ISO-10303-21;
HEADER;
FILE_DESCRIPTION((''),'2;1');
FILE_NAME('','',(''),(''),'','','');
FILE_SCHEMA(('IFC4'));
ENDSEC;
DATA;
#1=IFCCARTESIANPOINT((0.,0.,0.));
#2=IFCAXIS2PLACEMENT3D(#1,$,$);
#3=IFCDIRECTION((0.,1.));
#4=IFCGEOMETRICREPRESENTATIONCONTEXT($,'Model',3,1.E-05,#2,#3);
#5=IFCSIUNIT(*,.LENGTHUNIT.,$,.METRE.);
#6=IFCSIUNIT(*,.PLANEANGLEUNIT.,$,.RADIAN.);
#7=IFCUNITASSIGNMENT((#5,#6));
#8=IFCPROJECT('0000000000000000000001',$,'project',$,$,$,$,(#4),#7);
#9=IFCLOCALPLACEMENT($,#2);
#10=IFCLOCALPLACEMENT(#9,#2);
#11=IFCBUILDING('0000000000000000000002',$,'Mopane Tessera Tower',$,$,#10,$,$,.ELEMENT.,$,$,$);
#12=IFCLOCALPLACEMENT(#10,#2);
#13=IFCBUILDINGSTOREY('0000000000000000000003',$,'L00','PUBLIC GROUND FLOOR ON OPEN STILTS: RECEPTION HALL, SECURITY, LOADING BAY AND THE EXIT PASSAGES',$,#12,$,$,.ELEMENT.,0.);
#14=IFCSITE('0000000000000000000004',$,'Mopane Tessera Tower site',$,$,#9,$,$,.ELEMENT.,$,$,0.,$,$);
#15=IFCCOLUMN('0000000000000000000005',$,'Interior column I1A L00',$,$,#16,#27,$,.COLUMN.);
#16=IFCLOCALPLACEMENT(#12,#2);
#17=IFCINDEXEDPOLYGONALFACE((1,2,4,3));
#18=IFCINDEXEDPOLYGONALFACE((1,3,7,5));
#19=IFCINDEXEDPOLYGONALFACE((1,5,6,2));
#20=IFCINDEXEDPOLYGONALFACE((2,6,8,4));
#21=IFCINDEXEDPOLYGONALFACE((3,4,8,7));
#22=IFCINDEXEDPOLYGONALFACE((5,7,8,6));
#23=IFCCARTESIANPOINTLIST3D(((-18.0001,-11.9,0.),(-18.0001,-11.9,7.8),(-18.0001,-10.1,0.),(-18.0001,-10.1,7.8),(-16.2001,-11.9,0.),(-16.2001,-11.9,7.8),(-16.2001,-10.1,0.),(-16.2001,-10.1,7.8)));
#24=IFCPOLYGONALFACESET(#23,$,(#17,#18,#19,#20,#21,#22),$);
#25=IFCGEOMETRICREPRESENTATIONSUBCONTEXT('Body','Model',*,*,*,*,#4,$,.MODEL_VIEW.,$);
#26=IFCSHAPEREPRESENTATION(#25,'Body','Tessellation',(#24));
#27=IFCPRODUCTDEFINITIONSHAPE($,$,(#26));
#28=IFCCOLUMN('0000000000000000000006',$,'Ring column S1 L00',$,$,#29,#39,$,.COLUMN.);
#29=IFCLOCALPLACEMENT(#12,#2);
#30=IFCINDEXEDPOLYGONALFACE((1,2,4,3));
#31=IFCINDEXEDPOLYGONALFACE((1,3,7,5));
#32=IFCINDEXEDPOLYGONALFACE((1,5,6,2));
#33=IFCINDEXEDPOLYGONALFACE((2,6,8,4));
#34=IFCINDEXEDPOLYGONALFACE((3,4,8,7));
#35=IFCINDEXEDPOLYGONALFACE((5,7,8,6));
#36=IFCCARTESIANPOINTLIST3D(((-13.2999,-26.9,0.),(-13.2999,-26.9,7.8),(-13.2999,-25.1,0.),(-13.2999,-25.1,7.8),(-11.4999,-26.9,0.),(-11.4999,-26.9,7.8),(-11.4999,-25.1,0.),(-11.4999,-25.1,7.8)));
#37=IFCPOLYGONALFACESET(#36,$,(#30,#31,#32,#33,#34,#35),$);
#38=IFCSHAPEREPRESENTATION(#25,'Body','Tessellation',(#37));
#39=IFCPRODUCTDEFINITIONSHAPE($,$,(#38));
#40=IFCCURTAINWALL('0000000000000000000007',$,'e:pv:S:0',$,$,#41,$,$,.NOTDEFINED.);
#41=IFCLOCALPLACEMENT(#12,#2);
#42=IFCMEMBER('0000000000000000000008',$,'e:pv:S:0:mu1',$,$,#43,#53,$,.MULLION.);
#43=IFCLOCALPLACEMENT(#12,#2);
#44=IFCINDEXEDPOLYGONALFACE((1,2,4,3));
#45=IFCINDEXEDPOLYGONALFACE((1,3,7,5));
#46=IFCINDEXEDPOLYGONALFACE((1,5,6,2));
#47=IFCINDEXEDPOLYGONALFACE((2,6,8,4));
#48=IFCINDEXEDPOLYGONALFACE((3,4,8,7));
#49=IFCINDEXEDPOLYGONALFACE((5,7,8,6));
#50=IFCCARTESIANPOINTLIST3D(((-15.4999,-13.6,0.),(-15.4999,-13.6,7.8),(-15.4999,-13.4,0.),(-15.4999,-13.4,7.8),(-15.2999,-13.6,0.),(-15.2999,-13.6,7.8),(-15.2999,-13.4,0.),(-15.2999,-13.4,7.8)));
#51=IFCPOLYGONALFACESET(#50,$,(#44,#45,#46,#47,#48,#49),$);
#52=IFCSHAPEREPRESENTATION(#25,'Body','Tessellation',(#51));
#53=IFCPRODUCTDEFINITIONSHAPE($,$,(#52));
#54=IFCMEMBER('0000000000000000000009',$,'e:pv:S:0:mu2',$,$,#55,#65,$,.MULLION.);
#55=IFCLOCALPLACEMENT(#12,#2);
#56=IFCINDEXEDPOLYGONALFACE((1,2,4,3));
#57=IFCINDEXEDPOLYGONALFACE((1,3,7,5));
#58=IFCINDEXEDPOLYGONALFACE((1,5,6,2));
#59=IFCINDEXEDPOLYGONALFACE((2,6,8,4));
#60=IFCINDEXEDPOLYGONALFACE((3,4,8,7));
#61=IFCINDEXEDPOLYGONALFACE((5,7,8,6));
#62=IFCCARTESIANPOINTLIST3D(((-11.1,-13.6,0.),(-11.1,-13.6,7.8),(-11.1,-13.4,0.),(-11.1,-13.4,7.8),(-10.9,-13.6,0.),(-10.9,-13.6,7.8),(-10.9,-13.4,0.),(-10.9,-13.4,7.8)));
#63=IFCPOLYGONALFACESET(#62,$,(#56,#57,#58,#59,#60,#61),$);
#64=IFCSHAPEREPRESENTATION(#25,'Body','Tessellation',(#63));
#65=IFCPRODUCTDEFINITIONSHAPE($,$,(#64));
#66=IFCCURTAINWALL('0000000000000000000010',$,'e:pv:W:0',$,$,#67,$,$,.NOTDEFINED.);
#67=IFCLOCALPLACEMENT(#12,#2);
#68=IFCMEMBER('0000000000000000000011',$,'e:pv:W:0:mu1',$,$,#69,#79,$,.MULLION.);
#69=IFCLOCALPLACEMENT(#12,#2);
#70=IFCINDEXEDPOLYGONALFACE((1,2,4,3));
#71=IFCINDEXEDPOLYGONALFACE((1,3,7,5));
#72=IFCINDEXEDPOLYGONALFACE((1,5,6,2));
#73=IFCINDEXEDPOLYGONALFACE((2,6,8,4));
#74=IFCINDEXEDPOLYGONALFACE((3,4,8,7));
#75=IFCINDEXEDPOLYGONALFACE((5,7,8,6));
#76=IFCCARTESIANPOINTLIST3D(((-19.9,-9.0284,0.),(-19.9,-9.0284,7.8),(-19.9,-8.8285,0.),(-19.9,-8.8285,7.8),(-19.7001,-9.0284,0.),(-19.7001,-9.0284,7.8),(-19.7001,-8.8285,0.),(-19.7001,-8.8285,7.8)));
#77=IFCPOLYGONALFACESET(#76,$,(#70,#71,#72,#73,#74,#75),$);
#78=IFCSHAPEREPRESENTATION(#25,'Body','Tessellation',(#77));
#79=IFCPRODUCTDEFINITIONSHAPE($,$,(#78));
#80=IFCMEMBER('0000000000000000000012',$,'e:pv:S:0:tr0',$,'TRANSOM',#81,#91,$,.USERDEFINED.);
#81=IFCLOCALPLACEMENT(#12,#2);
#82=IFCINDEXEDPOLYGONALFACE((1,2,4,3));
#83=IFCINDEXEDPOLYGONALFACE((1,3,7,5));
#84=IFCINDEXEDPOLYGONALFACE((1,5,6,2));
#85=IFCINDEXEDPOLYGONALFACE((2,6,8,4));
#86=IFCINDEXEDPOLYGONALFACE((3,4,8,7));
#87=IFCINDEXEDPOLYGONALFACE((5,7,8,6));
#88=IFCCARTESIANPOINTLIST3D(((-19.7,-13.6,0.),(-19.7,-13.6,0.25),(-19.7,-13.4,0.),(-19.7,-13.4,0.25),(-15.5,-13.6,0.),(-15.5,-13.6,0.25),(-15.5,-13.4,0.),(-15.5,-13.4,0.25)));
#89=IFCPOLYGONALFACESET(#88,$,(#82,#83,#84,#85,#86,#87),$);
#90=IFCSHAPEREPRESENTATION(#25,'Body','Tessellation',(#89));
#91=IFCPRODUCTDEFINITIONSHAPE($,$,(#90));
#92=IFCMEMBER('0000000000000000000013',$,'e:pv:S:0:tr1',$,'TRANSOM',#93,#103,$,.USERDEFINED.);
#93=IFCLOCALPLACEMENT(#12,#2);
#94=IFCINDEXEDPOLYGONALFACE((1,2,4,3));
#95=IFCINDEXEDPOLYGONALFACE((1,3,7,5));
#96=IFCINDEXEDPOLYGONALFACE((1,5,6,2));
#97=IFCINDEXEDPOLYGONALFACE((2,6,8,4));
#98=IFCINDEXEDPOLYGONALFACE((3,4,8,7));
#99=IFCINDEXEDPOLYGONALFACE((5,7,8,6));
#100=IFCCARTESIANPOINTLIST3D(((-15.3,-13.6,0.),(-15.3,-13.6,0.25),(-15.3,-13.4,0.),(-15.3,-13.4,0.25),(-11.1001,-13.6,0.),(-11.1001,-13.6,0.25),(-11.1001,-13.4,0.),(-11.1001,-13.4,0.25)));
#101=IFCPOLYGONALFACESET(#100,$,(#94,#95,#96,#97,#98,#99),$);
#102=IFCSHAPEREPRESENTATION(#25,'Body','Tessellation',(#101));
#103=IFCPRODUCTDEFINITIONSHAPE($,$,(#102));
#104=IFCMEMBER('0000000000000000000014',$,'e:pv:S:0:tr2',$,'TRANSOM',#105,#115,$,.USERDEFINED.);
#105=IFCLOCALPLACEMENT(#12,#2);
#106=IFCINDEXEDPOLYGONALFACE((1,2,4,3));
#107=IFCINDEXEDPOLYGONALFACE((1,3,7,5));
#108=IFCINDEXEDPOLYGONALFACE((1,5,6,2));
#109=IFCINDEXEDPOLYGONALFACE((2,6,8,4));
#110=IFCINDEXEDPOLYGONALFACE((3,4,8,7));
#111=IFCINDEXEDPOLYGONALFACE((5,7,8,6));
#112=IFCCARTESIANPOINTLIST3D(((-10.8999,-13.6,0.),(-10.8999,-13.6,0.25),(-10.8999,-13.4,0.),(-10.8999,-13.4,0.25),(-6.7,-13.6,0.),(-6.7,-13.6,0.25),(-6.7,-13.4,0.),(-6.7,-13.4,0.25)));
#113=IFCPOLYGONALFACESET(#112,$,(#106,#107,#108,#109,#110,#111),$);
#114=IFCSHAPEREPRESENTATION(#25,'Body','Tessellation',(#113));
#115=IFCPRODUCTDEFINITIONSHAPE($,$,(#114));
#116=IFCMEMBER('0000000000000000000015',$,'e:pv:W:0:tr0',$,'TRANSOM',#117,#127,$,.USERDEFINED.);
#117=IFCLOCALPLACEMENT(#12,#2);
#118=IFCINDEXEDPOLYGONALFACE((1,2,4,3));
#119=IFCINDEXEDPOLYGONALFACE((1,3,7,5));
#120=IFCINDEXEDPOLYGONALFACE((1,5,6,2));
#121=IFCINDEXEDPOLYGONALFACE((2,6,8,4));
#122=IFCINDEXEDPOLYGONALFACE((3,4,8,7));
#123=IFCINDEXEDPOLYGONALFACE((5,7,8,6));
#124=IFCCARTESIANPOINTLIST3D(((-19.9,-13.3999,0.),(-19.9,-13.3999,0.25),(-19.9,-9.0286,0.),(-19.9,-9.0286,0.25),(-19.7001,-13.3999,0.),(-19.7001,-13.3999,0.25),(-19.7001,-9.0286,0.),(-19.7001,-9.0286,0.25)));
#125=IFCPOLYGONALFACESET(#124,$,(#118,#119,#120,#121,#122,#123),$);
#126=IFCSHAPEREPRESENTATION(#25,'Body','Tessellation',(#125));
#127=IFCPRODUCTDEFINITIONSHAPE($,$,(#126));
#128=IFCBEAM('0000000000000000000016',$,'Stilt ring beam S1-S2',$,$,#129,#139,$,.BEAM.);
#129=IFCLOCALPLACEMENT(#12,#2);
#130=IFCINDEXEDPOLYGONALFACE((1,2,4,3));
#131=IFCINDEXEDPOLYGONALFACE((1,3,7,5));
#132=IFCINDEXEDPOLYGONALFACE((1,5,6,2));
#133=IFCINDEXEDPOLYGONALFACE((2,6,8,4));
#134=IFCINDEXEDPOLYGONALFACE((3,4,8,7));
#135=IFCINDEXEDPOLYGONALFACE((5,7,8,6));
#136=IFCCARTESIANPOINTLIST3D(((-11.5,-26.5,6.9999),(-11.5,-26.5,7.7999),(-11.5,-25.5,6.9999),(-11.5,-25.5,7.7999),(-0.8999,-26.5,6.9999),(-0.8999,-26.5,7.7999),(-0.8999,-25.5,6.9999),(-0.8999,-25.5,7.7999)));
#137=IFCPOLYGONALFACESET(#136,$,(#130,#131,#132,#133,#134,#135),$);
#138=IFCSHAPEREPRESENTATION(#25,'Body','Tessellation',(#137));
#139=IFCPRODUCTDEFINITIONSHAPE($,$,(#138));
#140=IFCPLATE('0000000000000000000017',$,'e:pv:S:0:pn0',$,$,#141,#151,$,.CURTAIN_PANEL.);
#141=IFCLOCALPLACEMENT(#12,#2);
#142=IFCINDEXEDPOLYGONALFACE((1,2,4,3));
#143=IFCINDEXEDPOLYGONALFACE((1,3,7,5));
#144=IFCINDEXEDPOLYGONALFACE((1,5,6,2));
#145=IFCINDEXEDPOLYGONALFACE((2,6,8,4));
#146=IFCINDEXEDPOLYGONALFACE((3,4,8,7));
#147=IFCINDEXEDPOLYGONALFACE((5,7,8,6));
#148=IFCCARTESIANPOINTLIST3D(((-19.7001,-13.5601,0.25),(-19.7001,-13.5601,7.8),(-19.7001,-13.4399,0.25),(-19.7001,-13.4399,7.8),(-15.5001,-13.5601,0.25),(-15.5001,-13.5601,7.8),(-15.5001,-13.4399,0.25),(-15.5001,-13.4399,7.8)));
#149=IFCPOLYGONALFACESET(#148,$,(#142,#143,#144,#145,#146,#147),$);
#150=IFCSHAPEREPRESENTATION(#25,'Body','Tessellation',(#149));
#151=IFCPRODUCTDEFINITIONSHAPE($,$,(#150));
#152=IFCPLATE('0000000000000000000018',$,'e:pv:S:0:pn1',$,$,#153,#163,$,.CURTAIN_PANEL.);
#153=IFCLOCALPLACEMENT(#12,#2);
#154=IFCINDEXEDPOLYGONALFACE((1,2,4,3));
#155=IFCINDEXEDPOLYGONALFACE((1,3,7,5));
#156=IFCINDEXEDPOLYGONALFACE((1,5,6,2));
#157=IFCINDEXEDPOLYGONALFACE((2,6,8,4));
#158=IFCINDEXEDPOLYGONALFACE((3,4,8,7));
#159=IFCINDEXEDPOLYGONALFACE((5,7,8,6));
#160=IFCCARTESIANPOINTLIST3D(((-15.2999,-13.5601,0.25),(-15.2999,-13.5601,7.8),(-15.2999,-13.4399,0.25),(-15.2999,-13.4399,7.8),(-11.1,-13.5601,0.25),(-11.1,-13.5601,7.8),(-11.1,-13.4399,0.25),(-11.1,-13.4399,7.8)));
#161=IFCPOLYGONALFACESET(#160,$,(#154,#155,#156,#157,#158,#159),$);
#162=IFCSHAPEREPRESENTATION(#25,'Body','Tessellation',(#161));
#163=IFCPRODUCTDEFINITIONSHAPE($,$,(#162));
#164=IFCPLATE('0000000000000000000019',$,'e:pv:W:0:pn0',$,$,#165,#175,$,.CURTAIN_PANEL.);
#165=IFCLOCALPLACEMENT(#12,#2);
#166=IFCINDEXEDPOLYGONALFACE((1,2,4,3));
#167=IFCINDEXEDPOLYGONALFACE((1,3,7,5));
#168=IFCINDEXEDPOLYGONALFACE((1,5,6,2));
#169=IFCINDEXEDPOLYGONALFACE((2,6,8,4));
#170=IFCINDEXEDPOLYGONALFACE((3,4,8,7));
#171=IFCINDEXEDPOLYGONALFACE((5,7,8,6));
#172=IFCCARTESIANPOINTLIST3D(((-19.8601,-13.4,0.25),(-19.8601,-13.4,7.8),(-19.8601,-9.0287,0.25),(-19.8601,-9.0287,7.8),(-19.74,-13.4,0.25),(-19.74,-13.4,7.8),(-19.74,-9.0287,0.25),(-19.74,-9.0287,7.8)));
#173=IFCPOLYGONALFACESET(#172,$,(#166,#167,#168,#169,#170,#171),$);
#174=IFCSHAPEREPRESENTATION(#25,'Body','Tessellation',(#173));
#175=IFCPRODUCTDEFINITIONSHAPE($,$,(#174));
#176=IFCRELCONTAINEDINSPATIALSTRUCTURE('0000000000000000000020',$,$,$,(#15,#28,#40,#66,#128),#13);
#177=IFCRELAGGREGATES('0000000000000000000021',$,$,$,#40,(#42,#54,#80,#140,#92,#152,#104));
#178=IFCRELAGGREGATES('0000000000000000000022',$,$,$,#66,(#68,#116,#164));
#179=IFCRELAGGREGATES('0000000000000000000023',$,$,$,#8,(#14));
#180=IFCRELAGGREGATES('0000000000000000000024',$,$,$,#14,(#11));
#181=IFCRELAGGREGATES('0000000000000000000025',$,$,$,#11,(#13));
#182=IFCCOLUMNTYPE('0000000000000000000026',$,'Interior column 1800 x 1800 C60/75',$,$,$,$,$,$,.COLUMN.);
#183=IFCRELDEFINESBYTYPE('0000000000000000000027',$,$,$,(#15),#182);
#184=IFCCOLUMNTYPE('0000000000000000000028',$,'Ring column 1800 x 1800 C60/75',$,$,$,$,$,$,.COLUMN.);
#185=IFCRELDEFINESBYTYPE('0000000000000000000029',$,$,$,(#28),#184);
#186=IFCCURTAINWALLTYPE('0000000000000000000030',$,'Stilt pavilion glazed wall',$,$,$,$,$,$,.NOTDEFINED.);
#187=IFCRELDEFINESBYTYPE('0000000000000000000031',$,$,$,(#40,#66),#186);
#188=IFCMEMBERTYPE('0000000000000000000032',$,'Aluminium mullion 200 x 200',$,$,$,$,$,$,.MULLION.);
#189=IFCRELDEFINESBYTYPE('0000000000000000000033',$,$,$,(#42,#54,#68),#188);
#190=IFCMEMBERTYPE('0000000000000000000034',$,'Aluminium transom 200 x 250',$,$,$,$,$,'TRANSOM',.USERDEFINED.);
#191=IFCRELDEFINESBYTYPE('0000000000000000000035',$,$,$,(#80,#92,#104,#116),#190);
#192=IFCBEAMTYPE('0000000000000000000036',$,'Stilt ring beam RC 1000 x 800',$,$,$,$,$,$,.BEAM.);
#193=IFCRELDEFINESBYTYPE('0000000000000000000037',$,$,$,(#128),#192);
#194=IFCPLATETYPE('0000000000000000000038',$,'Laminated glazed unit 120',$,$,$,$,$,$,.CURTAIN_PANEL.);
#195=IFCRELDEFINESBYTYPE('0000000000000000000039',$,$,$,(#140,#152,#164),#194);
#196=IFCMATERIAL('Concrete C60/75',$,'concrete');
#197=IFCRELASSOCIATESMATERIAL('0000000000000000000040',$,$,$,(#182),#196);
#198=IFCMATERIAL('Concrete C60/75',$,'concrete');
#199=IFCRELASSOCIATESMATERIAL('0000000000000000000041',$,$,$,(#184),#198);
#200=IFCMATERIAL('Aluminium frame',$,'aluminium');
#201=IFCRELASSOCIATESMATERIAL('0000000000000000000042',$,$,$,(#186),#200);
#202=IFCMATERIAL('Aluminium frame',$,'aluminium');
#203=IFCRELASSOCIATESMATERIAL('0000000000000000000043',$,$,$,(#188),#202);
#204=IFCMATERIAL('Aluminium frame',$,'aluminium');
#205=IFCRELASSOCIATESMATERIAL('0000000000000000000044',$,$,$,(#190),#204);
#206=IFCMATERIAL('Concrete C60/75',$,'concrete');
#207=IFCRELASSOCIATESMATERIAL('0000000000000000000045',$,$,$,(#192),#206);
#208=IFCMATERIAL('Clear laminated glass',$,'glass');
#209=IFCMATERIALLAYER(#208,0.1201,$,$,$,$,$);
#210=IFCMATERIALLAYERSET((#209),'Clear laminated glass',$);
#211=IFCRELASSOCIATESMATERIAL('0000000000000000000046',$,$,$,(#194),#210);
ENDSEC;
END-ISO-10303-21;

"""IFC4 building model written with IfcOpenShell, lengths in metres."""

from ifc_helpers import new_model, si_unit, direction, frame, origin, origin_2d, place, context, subcontext, project, spatial, rectangle, extrude, material, layer, layer_set, material_profile, profile_set, type_object, element, aggregate, save


model = new_model("IFC4")

# Units and contexts
model_context = context("Model", 3, precision=1e-05, world=origin(), true_north=direction((0.0, 1.0)))
body_context = subcontext(model_context, "Body", "Model", "MODEL_VIEW")
ifc_project = project(units=[si_unit("LENGTHUNIT", "METRE"), si_unit("PLANEANGLEUNIT", "RADIAN")], contexts=[model_context])

# Site, building, storey
site_placement = place(None, origin())
site = spatial("IfcSite", under=ifc_project, at=site_placement, Name="Mopane Tessera Tower site", CompositionType="ELEMENT", RefElevation=0.0)
building_placement = place(site_placement, origin())
building = spatial("IfcBuilding", under=site, at=building_placement, Name="Mopane Tessera Tower", CompositionType="ELEMENT")
storey_placement = place(building_placement, origin())
storey = spatial("IfcBuildingStorey", under=building, at=storey_placement, Name="L00", Description="PUBLIC GROUND FLOOR ON OPEN STILTS: RECEPTION HALL, SECURITY, LOADING BAY AND THE EXIT PASSAGES", CompositionType="ELEMENT", Elevation=0.0)

# Columns
ifc_material_1 = material(Name="Concrete C60/75", Category="concrete")
ifc_material_profile_1 = material_profile(ifc_material_1, rectangle(XDim=1.8, YDim=1.8, at=origin_2d()))
ifc_profile_set_1 = profile_set([ifc_material_profile_1], Name="Concrete C60/75")
column_type_1 = type_object("IfcColumnType", Name="Interior column 1800 x 1800 C60/75", PredefinedType="COLUMN", material=ifc_profile_set_1)
column_1_placement = place(storey_placement, frame((-17.1001, -11.0, 0.0), z_axis=(0.0, 0.0, 1.0), x_axis=(1.0, 0.0, 0.0)))
element("IfcColumn", 1, at=column_1_placement, inside=storey, type_object=column_type_1, Name="Interior column I1A L00", PredefinedType="COLUMN", context=body_context, shape_type="SweptSolid", body=[
    extrude(rectangle(XDim=1.8, YDim=1.8, at=origin_2d()), origin(), (0.0, 0.0, 1.0), 7.8),
])
ifc_material_2 = material(Name="Concrete C60/75", Category="concrete")
ifc_material_profile_2 = material_profile(ifc_material_2, rectangle(XDim=1.8, YDim=1.8, at=origin_2d()))
ifc_profile_set_2 = profile_set([ifc_material_profile_2], Name="Concrete C60/75")
column_type_2 = type_object("IfcColumnType", Name="Ring column 1800 x 1800 C60/75", PredefinedType="COLUMN", material=ifc_profile_set_2)
column_2_placement = place(storey_placement, frame((-12.3999, -26.0, 0.0), z_axis=(0.0, 0.0, 1.0), x_axis=(1.0, 0.0, 0.0)))
element("IfcColumn", 2, at=column_2_placement, inside=storey, type_object=column_type_2, Name="Ring column S1 L00", PredefinedType="COLUMN", context=body_context, shape_type="SweptSolid", body=[
    extrude(rectangle(XDim=1.8, YDim=1.8, at=origin_2d()), origin(), (0.0, 0.0, 1.0), 7.8),
])

# Curtain wall, members
ifc_material_3 = material(Name="Aluminium frame", Category="aluminium")
curtain_wall_type = type_object("IfcCurtainWallType", Name="Stilt pavilion glazed wall", PredefinedType="NOTDEFINED", material=ifc_material_3)
curtain_wall_1_placement = place(storey_placement, origin())
curtain_wall_1 = element("IfcCurtainWall", 3, at=curtain_wall_1_placement, inside=storey, type_object=curtain_wall_type, Name="e:pv:S:0", PredefinedType="NOTDEFINED")
ifc_material_4 = material(Name="Aluminium frame", Category="aluminium")
ifc_material_profile_3 = material_profile(ifc_material_4, rectangle(XDim=0.2, YDim=0.2, at=origin_2d()))
ifc_profile_set_3 = profile_set([ifc_material_profile_3], Name="Aluminium frame")
member_type_1 = type_object("IfcMemberType", Name="Aluminium mullion 200 x 200", PredefinedType="MULLION", material=ifc_profile_set_3)
member_1_placement = place(storey_placement, frame((-15.3999, -13.5, 0.0), z_axis=(0.0, 0.0, 1.0), x_axis=(1.0, 0.0, 0.0)))
member_1 = element("IfcMember", 4, at=member_1_placement, type_object=member_type_1, Name="e:pv:S:0:mu1", PredefinedType="MULLION", context=body_context, shape_type="SweptSolid", body=[
    extrude(rectangle(XDim=0.2, YDim=0.2, at=origin_2d()), origin(), (0.0, 0.0, 1.0), 7.8),
])
member_2_placement = place(storey_placement, frame((-11.0, -13.5, 0.0), z_axis=(0.0, 0.0, 1.0), x_axis=(1.0, 0.0, 0.0)))
member_2 = element("IfcMember", 5, at=member_2_placement, type_object=member_type_1, Name="e:pv:S:0:mu2", PredefinedType="MULLION", context=body_context, shape_type="SweptSolid", body=[
    extrude(rectangle(XDim=0.2, YDim=0.2, at=origin_2d()), origin(), (0.0, 0.0, 1.0), 7.8),
])

# Curtain wall, member
curtain_wall_2_placement = place(storey_placement, origin())
curtain_wall_2 = element("IfcCurtainWall", 6, at=curtain_wall_2_placement, inside=storey, type_object=curtain_wall_type, Name="e:pv:W:0", PredefinedType="NOTDEFINED")
member_3_placement = place(storey_placement, frame((-19.8, -8.9285, 0.0), z_axis=(0.0, 0.0, 1.0), x_axis=(0.0, 1.0, 0.0)))
member_3 = element("IfcMember", 7, at=member_3_placement, type_object=member_type_1, Name="e:pv:W:0:mu1", PredefinedType="MULLION", context=body_context, shape_type="SweptSolid", body=[
    extrude(rectangle(XDim=0.2, YDim=0.2, at=origin_2d()), origin(), (0.0, 0.0, 1.0), 7.8),
])

# Members
ifc_material_5 = material(Name="Aluminium frame", Category="aluminium")
ifc_material_profile_4 = material_profile(ifc_material_5, rectangle(XDim=0.2, YDim=0.25, at=origin_2d()))
ifc_profile_set_4 = profile_set([ifc_material_profile_4], Name="Aluminium frame")
member_type_2 = type_object("IfcMemberType", Name="Aluminium transom 200 x 250", ElementType="TRANSOM", PredefinedType="USERDEFINED", material=ifc_profile_set_4)
member_4_placement = place(storey_placement, frame((-19.7, -13.5, 0.125), z_axis=(1.0, 0.0, 0.0), x_axis=(0.0, 1.0, 0.0)))
member_4 = element("IfcMember", 8, at=member_4_placement, type_object=member_type_2, Name="e:pv:S:0:tr0", ObjectType="TRANSOM", PredefinedType="USERDEFINED", context=body_context, shape_type="SweptSolid", body=[
    extrude(rectangle(XDim=0.2, YDim=0.25, at=origin_2d()), origin(), (0.0, 0.0, 1.0), 4.2),
])
member_5_placement = place(storey_placement, frame((-15.3, -13.5, 0.125), z_axis=(1.0, 0.0, 0.0), x_axis=(0.0, 1.0, 0.0)))
member_5 = element("IfcMember", 9, at=member_5_placement, type_object=member_type_2, Name="e:pv:S:0:tr1", ObjectType="TRANSOM", PredefinedType="USERDEFINED", context=body_context, shape_type="SweptSolid", body=[
    extrude(rectangle(XDim=0.2, YDim=0.25, at=origin_2d()), origin(), (0.0, 0.0, 1.0), 4.2),
])
member_6_placement = place(storey_placement, frame((-10.8999, -13.5, 0.125), z_axis=(1.0, 0.0, 0.0), x_axis=(0.0, 1.0, 0.0)))
member_6 = element("IfcMember", 10, at=member_6_placement, type_object=member_type_2, Name="e:pv:S:0:tr2", ObjectType="TRANSOM", PredefinedType="USERDEFINED", context=body_context, shape_type="SweptSolid", body=[
    extrude(rectangle(XDim=0.2, YDim=0.25, at=origin_2d()), origin(), (0.0, 0.0, 1.0), 4.2),
])
member_7_placement = place(storey_placement, frame((-19.8, -13.3999, 0.125), z_axis=(0.0, 1.0, 0.0), x_axis=(-1.0, 0.0, 0.0)))
member_7 = element("IfcMember", 11, at=member_7_placement, type_object=member_type_2, Name="e:pv:W:0:tr0", ObjectType="TRANSOM", PredefinedType="USERDEFINED", context=body_context, shape_type="SweptSolid", body=[
    extrude(rectangle(XDim=0.2, YDim=0.25, at=origin_2d()), origin(), (0.0, 0.0, 1.0), 4.3713),
])

# Beam
ifc_material_6 = material(Name="Concrete C60/75", Category="concrete")
ifc_material_profile_5 = material_profile(ifc_material_6, rectangle(XDim=1.0, YDim=0.8, at=origin_2d()))
ifc_profile_set_5 = profile_set([ifc_material_profile_5], Name="Concrete C60/75")
beam_type = type_object("IfcBeamType", Name="Stilt ring beam RC 1000 x 800", PredefinedType="BEAM", material=ifc_profile_set_5)
beam_placement = place(storey_placement, frame((-11.5, -26.0, 7.3999), z_axis=(1.0, 0.0, 0.0), x_axis=(0.0, 1.0, 0.0)))
element("IfcBeam", 12, at=beam_placement, inside=storey, type_object=beam_type, Name="Stilt ring beam S1-S2", PredefinedType="BEAM", context=body_context, shape_type="SweptSolid", body=[
    extrude(rectangle(XDim=1.0, YDim=0.8, at=origin_2d()), origin(), (0.0, 0.0, 1.0), 10.6001),
])

# Plates
ifc_material_7 = material(Name="Clear laminated glass", Category="glass")
ifc_layer = layer(ifc_material_7, 0.1201)
ifc_layer_set = layer_set([ifc_layer], Name="Clear laminated glass")
plate_type = type_object("IfcPlateType", Name="Laminated glazed unit 120", PredefinedType="CURTAIN_PANEL", material=ifc_layer_set)
plate_1_placement = place(storey_placement, frame((-17.6001, -13.5, 0.25), z_axis=(0.0, 0.0, 1.0), x_axis=(1.0, 0.0, 0.0)))
plate_1 = element("IfcPlate", 13, at=plate_1_placement, type_object=plate_type, Name="e:pv:S:0:pn0", PredefinedType="CURTAIN_PANEL", context=body_context, shape_type="SweptSolid", body=[
    extrude(rectangle(XDim=4.2, YDim=0.1201, at=origin_2d()), origin(), (0.0, 0.0, 1.0), 7.55),
])
plate_2_placement = place(storey_placement, frame((-13.2, -13.5, 0.25), z_axis=(0.0, 0.0, 1.0), x_axis=(1.0, 0.0, 0.0)))
plate_2 = element("IfcPlate", 14, at=plate_2_placement, type_object=plate_type, Name="e:pv:S:0:pn1", PredefinedType="CURTAIN_PANEL", context=body_context, shape_type="SweptSolid", body=[
    extrude(rectangle(XDim=4.2, YDim=0.1201, at=origin_2d()), origin(), (0.0, 0.0, 1.0), 7.55),
])
aggregate(curtain_wall_1, [member_1, member_2, member_4, plate_1, member_5, plate_2, member_6])
plate_3_placement = place(storey_placement, frame((-19.8, -11.2144, 0.25), z_axis=(0.0, 0.0, 1.0), x_axis=(0.0, 1.0, 0.0)))
plate_3 = element("IfcPlate", 15, at=plate_3_placement, type_object=plate_type, Name="e:pv:W:0:pn0", PredefinedType="CURTAIN_PANEL", context=body_context, shape_type="SweptSolid", body=[
    extrude(rectangle(XDim=4.3713, YDim=0.1201, at=origin_2d()), origin(), (0.0, 0.0, 1.0), 7.55),
])
aggregate(curtain_wall_2, [member_3, member_7, plate_3])

save(model, "model.ifc")
